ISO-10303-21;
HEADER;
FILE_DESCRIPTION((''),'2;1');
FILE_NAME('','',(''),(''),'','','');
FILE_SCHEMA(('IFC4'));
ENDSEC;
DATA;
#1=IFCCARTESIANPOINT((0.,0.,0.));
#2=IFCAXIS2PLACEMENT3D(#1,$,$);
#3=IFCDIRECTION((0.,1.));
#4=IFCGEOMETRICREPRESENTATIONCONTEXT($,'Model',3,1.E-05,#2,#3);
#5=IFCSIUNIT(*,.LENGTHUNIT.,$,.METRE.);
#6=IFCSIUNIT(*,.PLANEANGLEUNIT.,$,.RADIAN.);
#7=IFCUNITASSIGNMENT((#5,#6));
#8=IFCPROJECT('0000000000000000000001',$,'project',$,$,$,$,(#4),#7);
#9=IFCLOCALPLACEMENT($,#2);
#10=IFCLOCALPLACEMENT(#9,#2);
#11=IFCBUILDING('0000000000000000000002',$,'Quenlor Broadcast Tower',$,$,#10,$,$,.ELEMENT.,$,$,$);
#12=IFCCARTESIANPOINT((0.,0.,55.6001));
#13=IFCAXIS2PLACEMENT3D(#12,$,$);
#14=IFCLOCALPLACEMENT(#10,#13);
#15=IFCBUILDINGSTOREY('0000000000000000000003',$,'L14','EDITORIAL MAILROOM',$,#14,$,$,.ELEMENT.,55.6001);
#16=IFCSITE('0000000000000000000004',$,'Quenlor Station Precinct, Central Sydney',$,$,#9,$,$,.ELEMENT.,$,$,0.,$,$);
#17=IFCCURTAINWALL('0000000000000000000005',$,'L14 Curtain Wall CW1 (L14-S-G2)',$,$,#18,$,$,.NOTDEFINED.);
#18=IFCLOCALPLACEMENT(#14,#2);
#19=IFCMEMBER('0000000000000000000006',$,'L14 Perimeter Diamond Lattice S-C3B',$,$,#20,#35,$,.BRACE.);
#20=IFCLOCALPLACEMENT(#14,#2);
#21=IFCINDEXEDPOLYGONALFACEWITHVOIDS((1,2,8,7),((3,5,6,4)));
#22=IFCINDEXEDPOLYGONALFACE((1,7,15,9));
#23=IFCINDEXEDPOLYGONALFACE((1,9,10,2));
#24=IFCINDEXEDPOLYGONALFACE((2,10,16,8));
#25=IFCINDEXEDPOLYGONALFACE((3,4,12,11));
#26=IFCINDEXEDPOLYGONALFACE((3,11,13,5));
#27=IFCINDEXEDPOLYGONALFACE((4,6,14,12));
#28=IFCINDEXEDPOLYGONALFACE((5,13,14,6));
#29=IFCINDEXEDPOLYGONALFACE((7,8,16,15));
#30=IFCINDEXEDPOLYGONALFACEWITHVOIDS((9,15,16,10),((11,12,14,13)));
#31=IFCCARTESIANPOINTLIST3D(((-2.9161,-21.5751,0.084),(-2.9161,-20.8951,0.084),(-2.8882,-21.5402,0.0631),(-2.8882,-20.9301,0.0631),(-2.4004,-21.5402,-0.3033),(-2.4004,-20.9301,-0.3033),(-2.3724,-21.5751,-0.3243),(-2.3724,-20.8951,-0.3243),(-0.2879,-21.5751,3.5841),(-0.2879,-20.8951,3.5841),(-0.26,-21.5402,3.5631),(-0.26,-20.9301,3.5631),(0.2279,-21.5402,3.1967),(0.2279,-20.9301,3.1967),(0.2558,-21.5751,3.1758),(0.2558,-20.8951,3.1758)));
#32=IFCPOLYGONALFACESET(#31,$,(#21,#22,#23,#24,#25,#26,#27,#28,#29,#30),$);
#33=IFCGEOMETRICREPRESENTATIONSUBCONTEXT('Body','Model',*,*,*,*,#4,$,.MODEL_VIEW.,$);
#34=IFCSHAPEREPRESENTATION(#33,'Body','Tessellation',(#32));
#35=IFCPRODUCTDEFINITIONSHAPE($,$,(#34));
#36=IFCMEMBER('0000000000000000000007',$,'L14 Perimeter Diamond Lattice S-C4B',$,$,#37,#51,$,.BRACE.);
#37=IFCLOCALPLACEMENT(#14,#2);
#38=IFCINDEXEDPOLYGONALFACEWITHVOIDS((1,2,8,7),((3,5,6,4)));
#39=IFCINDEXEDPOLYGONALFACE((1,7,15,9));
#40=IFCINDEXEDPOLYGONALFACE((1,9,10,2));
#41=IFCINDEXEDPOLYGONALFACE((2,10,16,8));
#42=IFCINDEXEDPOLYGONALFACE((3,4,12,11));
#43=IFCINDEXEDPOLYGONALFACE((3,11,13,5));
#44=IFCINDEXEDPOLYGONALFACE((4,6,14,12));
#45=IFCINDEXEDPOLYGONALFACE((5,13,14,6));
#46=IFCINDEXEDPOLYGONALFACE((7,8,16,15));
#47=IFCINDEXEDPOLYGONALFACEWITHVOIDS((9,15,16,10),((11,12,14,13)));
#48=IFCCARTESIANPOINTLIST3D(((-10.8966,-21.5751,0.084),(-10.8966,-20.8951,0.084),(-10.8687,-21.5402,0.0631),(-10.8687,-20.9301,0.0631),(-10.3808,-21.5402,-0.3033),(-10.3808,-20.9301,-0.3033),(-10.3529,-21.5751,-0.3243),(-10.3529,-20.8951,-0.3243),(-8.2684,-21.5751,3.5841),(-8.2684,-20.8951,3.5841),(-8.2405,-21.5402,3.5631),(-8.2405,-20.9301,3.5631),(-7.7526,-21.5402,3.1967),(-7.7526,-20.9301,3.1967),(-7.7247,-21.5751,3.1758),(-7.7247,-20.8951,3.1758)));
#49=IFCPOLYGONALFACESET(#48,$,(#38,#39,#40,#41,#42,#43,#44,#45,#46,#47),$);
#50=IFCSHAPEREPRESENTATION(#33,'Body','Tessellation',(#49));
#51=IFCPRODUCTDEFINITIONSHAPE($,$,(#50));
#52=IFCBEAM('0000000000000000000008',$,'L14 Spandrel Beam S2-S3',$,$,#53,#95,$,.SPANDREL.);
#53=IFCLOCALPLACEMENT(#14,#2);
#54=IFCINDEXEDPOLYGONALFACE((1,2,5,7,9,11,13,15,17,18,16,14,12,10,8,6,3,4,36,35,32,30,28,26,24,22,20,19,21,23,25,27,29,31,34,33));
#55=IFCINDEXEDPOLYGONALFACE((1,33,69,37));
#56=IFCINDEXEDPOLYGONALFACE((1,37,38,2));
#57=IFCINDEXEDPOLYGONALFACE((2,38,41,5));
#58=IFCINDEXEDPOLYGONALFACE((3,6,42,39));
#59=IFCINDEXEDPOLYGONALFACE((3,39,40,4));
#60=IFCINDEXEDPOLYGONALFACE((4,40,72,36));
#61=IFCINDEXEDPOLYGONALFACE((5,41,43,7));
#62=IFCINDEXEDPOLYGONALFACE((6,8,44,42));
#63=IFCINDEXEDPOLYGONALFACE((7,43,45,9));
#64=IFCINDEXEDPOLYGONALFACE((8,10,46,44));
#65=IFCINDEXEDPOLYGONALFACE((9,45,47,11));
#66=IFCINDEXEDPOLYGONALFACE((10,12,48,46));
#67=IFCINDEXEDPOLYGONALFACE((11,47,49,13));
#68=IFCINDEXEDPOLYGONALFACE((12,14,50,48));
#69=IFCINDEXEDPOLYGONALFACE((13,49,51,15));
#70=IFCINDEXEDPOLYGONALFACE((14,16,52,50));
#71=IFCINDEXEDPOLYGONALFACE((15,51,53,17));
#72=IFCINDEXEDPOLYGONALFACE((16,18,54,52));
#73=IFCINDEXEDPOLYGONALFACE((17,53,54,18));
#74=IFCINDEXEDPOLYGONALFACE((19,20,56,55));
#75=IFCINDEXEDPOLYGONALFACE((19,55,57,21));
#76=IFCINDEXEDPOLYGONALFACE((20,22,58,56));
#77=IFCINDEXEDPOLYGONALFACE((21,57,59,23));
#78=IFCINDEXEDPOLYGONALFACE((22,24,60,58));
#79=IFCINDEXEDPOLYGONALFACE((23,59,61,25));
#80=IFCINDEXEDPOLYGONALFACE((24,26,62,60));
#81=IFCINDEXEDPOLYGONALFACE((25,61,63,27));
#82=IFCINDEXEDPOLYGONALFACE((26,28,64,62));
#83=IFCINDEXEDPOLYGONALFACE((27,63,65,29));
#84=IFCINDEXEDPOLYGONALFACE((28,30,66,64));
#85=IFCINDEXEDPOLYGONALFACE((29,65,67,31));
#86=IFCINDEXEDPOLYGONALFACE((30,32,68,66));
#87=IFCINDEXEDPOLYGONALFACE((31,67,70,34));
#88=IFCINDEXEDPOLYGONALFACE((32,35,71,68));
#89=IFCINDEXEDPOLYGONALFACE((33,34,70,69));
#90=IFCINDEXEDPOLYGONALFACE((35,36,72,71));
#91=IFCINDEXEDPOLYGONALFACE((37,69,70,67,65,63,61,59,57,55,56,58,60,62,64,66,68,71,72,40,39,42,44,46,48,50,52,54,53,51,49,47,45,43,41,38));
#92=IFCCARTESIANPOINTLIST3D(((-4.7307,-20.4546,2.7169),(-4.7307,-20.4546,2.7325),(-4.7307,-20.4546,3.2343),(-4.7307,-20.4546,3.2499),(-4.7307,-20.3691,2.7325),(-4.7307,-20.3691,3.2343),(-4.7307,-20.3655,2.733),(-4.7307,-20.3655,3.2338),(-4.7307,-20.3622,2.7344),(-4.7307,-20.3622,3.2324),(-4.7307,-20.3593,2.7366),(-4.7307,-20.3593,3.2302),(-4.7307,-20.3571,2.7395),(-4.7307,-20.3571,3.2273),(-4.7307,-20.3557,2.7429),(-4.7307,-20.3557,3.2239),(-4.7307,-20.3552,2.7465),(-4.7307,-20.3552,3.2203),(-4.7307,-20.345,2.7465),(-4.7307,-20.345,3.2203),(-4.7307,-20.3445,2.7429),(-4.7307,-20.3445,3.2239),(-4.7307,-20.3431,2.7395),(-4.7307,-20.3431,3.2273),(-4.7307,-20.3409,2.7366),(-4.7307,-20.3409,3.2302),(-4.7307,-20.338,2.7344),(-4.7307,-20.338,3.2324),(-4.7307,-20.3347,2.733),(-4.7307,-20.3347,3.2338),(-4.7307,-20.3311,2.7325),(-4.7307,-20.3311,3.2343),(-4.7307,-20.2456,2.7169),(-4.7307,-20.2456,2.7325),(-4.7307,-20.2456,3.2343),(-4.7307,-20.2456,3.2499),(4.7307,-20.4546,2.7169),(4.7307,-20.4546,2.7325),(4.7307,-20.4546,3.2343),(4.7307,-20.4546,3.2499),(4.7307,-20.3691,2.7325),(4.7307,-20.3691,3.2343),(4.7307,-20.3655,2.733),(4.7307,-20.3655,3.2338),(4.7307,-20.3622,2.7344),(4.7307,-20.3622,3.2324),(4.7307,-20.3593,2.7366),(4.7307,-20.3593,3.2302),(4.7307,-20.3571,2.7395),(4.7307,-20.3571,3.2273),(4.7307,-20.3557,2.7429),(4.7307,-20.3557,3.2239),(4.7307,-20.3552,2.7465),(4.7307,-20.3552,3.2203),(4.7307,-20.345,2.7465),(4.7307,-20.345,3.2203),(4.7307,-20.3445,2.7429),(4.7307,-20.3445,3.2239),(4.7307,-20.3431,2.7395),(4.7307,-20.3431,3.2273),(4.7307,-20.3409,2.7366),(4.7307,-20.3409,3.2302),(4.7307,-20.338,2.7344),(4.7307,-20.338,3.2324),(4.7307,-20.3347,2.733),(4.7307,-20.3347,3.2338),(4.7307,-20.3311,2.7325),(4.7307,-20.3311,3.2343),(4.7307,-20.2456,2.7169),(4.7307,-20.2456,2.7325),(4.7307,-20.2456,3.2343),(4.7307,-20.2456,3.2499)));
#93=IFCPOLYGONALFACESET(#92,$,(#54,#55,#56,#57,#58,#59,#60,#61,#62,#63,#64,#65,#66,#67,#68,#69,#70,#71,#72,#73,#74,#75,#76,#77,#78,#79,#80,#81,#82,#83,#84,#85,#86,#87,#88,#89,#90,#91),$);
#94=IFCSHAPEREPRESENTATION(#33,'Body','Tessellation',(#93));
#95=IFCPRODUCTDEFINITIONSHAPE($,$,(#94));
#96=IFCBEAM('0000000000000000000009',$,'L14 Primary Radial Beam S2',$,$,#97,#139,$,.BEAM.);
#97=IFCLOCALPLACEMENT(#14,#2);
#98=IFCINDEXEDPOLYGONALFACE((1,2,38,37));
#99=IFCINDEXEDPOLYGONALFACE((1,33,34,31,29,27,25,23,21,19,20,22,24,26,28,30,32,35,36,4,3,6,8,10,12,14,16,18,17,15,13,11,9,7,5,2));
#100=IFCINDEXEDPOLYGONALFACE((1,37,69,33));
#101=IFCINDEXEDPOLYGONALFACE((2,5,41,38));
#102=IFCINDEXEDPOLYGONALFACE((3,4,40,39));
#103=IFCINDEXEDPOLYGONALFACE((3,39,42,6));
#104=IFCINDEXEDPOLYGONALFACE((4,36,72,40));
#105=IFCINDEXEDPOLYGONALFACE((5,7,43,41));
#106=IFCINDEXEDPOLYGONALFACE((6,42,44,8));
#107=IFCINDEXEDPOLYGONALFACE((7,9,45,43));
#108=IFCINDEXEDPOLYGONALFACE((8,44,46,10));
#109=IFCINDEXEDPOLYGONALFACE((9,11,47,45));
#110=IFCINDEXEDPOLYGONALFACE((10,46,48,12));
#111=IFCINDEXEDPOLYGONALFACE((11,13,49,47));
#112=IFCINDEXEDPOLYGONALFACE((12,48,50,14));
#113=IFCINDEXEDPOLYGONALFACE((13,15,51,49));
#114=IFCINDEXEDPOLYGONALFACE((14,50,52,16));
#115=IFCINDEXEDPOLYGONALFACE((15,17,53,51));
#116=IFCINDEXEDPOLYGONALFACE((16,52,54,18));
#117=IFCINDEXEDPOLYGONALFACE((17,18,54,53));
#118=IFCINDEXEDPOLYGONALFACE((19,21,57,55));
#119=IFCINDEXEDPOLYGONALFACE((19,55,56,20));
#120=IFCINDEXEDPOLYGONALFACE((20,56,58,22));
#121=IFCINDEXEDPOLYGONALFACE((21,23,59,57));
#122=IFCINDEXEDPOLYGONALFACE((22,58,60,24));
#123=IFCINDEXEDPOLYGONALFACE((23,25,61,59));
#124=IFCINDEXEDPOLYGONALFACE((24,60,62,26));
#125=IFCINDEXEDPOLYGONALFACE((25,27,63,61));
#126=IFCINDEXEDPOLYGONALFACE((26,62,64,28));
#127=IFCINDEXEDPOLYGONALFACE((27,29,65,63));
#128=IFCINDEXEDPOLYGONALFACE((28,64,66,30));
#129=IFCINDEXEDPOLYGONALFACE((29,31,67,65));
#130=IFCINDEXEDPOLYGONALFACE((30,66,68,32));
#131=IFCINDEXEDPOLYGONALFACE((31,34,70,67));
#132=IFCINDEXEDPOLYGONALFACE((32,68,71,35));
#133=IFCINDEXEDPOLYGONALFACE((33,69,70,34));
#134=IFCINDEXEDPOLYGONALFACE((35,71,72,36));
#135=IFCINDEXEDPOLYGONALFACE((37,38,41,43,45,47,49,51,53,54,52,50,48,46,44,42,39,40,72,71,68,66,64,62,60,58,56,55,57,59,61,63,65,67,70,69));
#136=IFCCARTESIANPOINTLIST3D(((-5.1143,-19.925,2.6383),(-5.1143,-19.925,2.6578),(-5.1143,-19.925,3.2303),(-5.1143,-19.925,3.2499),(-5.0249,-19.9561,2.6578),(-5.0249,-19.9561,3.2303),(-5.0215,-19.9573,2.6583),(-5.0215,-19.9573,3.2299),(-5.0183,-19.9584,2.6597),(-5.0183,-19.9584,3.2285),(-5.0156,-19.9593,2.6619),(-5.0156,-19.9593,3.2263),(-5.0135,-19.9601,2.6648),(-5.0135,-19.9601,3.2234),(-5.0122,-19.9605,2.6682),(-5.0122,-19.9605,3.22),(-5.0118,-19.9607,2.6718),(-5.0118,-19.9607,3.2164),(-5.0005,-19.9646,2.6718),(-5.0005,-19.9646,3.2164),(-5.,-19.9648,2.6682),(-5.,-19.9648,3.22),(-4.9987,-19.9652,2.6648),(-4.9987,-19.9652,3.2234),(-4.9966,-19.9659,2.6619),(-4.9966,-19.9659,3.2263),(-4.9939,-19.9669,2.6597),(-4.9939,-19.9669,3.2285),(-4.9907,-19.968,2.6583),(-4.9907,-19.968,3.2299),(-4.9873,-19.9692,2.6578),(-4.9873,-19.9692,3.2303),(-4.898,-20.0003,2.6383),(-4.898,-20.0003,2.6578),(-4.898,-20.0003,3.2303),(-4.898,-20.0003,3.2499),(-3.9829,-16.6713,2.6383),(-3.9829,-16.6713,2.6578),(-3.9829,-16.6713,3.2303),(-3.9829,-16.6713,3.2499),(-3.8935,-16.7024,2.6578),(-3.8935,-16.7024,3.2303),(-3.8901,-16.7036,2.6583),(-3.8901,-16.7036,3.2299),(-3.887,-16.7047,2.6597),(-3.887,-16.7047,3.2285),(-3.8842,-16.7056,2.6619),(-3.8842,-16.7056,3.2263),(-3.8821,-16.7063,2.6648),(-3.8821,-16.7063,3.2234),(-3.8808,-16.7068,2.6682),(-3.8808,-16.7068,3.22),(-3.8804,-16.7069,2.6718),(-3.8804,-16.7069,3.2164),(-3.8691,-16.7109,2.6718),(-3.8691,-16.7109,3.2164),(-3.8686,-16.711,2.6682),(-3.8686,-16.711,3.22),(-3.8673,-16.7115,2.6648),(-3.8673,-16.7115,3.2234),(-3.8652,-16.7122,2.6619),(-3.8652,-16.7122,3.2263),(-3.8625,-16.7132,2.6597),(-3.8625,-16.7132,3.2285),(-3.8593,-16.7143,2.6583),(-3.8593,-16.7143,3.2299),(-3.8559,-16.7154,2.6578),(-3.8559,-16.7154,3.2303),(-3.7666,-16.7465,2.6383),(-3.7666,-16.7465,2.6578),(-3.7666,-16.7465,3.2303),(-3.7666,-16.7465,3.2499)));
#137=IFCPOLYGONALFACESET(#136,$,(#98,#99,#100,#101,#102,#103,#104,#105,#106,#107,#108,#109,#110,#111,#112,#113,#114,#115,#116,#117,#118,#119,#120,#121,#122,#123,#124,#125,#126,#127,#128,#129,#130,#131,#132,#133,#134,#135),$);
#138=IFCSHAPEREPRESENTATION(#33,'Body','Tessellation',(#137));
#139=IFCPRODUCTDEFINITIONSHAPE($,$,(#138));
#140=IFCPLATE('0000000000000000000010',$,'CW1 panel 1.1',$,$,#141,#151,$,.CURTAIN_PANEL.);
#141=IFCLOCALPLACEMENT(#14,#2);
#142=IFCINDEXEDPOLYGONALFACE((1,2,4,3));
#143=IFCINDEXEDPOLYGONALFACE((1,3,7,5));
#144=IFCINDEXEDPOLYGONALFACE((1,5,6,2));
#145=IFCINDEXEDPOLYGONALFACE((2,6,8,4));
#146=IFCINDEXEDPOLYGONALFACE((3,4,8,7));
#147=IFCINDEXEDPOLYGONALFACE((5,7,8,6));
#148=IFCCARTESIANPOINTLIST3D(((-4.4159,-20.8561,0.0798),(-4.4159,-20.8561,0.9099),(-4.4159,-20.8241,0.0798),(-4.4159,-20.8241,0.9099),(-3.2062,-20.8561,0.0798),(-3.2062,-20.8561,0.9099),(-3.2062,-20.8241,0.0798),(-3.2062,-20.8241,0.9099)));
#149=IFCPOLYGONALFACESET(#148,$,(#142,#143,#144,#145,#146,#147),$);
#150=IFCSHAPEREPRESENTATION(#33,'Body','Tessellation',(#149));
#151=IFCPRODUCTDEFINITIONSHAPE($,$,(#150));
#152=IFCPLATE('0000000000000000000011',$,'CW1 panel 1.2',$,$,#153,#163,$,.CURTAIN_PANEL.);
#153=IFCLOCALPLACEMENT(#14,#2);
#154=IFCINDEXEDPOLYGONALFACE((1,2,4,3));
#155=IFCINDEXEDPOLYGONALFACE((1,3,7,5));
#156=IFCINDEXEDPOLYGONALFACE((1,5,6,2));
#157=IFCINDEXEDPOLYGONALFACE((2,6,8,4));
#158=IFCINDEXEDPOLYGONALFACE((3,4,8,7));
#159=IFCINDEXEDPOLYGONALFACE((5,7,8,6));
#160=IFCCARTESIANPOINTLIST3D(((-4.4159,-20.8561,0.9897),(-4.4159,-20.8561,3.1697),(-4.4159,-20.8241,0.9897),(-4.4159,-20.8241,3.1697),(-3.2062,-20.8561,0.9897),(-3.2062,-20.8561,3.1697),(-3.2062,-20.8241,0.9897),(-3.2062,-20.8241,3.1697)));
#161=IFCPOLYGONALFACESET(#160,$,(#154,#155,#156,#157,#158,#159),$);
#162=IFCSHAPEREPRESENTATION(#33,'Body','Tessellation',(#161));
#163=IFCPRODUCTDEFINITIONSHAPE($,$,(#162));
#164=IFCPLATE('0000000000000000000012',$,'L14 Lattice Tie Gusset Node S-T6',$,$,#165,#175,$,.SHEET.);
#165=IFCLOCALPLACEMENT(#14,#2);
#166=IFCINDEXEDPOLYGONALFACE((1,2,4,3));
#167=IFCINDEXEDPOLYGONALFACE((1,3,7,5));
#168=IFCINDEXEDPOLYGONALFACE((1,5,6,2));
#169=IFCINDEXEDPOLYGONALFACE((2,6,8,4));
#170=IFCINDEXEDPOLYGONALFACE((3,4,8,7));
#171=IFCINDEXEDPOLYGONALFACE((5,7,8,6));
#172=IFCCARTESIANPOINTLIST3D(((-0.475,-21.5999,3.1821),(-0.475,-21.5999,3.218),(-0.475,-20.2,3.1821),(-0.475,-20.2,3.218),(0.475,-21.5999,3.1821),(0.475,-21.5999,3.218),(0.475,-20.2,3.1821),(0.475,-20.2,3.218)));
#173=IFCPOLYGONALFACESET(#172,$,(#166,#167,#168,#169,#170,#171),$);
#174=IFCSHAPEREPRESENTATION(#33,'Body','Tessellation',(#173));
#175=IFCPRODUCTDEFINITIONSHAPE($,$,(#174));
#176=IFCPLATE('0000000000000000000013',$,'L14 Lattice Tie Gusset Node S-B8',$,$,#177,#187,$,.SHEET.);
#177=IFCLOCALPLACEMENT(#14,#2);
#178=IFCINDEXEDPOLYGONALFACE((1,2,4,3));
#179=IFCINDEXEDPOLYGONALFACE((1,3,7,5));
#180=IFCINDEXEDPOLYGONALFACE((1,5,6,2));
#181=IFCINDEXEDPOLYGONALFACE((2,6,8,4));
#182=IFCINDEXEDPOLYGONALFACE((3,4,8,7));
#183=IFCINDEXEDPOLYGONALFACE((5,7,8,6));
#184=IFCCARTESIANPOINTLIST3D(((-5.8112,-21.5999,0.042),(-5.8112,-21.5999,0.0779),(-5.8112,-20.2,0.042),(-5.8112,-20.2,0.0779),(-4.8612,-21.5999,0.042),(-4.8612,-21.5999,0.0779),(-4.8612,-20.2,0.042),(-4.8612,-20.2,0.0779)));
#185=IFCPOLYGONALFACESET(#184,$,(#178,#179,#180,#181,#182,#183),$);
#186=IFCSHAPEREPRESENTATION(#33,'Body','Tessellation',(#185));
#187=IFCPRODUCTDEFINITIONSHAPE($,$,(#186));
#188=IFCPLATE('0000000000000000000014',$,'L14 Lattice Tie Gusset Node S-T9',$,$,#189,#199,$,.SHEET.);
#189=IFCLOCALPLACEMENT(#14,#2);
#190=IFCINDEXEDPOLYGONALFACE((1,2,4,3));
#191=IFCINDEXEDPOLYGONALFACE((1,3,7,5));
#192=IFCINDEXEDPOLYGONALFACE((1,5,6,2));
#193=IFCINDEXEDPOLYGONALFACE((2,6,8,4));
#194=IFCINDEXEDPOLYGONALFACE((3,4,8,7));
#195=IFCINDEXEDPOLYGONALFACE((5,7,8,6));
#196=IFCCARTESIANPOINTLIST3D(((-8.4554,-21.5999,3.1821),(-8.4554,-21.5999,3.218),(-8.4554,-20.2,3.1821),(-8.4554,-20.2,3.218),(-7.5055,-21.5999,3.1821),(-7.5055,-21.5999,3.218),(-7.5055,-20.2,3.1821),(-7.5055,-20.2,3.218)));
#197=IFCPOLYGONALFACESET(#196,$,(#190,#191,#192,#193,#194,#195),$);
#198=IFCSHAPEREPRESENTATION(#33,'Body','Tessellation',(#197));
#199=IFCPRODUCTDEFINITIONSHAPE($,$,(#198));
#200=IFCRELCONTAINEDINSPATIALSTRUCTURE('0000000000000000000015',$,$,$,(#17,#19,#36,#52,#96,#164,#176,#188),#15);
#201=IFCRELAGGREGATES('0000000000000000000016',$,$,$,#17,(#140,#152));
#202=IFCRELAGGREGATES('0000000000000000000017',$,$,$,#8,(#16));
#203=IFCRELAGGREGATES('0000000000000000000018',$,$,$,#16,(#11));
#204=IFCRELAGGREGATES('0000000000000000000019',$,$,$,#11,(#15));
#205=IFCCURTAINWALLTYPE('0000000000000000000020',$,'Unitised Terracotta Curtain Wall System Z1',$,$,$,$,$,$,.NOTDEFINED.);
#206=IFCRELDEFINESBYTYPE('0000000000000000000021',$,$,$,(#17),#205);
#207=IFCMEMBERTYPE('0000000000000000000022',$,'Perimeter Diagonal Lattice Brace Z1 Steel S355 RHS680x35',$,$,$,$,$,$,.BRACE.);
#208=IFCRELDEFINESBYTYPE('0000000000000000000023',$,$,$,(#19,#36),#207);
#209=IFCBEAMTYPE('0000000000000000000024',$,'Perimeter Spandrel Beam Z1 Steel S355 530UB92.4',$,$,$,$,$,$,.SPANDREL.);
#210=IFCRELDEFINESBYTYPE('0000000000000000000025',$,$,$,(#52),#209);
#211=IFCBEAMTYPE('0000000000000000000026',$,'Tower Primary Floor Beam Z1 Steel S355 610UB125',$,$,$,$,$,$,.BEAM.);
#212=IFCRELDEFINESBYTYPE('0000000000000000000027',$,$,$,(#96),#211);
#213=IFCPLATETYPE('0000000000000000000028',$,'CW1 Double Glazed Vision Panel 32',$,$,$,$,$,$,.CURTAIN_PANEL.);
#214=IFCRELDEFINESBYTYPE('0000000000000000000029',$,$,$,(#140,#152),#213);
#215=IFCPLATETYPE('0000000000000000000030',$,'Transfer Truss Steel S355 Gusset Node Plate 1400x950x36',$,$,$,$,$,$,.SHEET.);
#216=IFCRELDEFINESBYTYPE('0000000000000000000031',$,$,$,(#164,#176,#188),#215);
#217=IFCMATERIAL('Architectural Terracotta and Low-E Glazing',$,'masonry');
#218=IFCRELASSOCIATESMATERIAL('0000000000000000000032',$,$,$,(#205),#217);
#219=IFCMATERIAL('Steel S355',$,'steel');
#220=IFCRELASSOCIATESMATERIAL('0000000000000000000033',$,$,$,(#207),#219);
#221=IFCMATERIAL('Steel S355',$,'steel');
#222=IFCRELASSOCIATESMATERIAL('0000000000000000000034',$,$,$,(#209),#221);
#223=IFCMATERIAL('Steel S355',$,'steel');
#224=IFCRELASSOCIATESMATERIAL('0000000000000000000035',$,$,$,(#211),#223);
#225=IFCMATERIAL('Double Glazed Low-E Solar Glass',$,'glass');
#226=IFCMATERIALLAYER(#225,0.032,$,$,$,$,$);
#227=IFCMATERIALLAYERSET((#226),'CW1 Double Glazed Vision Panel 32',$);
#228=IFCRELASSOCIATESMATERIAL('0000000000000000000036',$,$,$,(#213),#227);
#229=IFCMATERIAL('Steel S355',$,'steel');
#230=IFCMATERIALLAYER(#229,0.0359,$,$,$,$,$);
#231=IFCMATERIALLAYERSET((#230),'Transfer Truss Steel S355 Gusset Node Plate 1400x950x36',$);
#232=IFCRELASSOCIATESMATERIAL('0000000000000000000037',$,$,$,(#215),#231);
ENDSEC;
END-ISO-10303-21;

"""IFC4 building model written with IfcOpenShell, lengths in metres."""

from ifc_helpers import new_model, si_unit, direction, frame, origin, origin_2d, place, context, subcontext, project, spatial, rectangle, hollow_rectangle, i_section, extrude, material, layer, layer_set, material_profile, profile_set, type_object, element, aggregate, save


model = new_model("IFC4")

# Units and contexts
model_context = context("Model", 3, precision=1e-05, world=origin(), true_north=direction((0.0, 1.0)))
body_context = subcontext(model_context, "Body", "Model", "MODEL_VIEW")
ifc_project = project(units=[si_unit("LENGTHUNIT", "METRE"), si_unit("PLANEANGLEUNIT", "RADIAN")], contexts=[model_context])

# Site, building, storey
site_placement = place(None, origin())
site = spatial("IfcSite", under=ifc_project, at=site_placement, Name="Quenlor Station Precinct, Central Sydney", CompositionType="ELEMENT", RefElevation=0.0)
building_placement = place(site_placement, origin())
building = spatial("IfcBuilding", under=site, at=building_placement, Name="Quenlor Broadcast Tower", CompositionType="ELEMENT")
storey_placement = place(building_placement, frame((0.0, 0.0, 55.6001)))
storey = spatial("IfcBuildingStorey", under=building, at=storey_placement, Name="L14", Description="EDITORIAL MAILROOM", CompositionType="ELEMENT", Elevation=55.6001)

# Shared definitions
ifc_material_1 = material(Name="Architectural Terracotta and Low-E Glazing", Category="masonry")
curtain_wall_type = type_object("IfcCurtainWallType", Name="Unitised Terracotta Curtain Wall System Z1", PredefinedType="NOTDEFINED", material=ifc_material_1)

# Curtain wall
curtain_wall_1_placement = place(storey_placement, origin())
curtain_wall_1 = element("IfcCurtainWall", 1, at=curtain_wall_1_placement, inside=storey, type_object=curtain_wall_type, Name="L14 Curtain Wall CW1 (L14-S-G2)", PredefinedType="NOTDEFINED")

# Members
ifc_material_2 = material(Name="Steel S355", Category="steel")
ifc_material_profile_1 = material_profile(ifc_material_2, hollow_rectangle(XDim=0.6799, YDim=0.6799, WallThickness=0.0349, at=origin_2d()))
ifc_profile_set_1 = profile_set([ifc_material_profile_1], Name="Steel S355 RHS680x680x35")
member_type_1 = type_object("IfcMemberType", Name="Perimeter Diagonal Lattice Brace Z1 Steel S355 RHS680x35", PredefinedType="BRACE", material=ifc_profile_set_1)
for number, where, z_axis, x_axis, name in (
    (2, (-2.6443, -21.2351, -0.1201), (0.600464, 0.0, 0.799652), (0.0, 1.0, 0.0), "L14 Perimeter Diamond Lattice S-C3B"),
    (3, (-10.6248, -21.2351, -0.1201), (0.600464, 0.0, 0.799652), (0.0, 1.0, 0.0), "L14 Perimeter Diamond Lattice S-C4B"),
):
    element("IfcMember", number, at=place(storey_placement, frame(where, z_axis=z_axis, x_axis=x_axis)), inside=storey, type_object=member_type_1, Name=name, PredefinedType="BRACE", context=body_context, shape_type="SweptSolid", body=[
        extrude(hollow_rectangle(XDim=0.6799, YDim=0.6799, WallThickness=0.0349, at=origin_2d()), origin(), (0.0, 0.0, 1.0), 4.377),
    ])

# Beams
ifc_material_3 = material(Name="Steel S355", Category="steel")
ifc_material_profile_2 = material_profile(ifc_material_3, i_section(OverallWidth=0.209, OverallDepth=0.533, WebThickness=0.0103, FlangeThickness=0.0156, FilletRadius=0.0139, at=origin_2d()))
ifc_profile_set_2 = profile_set([ifc_material_profile_2], Name="Steel S355 530UB92.4")
beam_type_1 = type_object("IfcBeamType", Name="Perimeter Spandrel Beam Z1 Steel S355 530UB92.4", PredefinedType="SPANDREL", material=ifc_profile_set_2)
beam_1_placement = place(storey_placement, frame((-4.7307, -20.3501, 2.9834), z_axis=(1.0, 0.0, 0.0), x_axis=(0.0, 1.0, 0.0)))
element("IfcBeam", 4, at=beam_1_placement, inside=storey, type_object=beam_type_1, Name="L14 Spandrel Beam S2-S3", PredefinedType="SPANDREL", context=body_context, shape_type="SweptSolid", body=[
    extrude(i_section(OverallWidth=0.209, OverallDepth=0.533, WebThickness=0.0103, FlangeThickness=0.0156, FilletRadius=0.0139, at=origin_2d()), origin(), (0.0, 0.0, 1.0), 9.4614),
])
ifc_material_4 = material(Name="Steel S355", Category="steel")
ifc_material_profile_3 = material_profile(ifc_material_4, i_section(OverallWidth=0.229, OverallDepth=0.6116, WebThickness=0.012, FlangeThickness=0.0195, FilletRadius=0.0139, at=origin_2d()))
ifc_profile_set_3 = profile_set([ifc_material_profile_3], Name="Steel S355 610UB125")
beam_type_2 = type_object("IfcBeamType", Name="Tower Primary Floor Beam Z1 Steel S355 610UB125", PredefinedType="BEAM", material=ifc_profile_set_3)
beam_2_placement = place(storey_placement, frame((-5.0061, -19.9626, 2.9441), z_axis=(0.328427, 0.944529, 0.0), x_axis=(-0.944529, 0.328427, 0.0)))
element("IfcBeam", 5, at=beam_2_placement, inside=storey, type_object=beam_type_2, Name="L14 Primary Radial Beam S2", PredefinedType="BEAM", context=body_context, shape_type="SweptSolid", body=[
    extrude(i_section(OverallWidth=0.229, OverallDepth=0.6116, WebThickness=0.012, FlangeThickness=0.0195, FilletRadius=0.0139, at=origin_2d()), origin(), (0.0, 0.0, 1.0), 3.4448),
])

# Plates
ifc_material_5 = material(Name="Double Glazed Low-E Solar Glass", Category="glass")
ifc_layer_1 = layer(ifc_material_5, 0.032)
ifc_layer_set_1 = layer_set([ifc_layer_1], Name="CW1 Double Glazed Vision Panel 32")
plate_type_1 = type_object("IfcPlateType", Name="CW1 Double Glazed Vision Panel 32", PredefinedType="CURTAIN_PANEL", material=ifc_layer_set_1)
plate_1_placement = place(storey_placement, frame((-3.811, -20.8401, 0.0798), z_axis=(0.0, 0.0, 1.0), x_axis=(-1.0, 0.0, 0.0)))
plate_1 = element("IfcPlate", 6, at=plate_1_placement, type_object=plate_type_1, Name="CW1 panel 1.1", PredefinedType="CURTAIN_PANEL", context=body_context, shape_type="SweptSolid", body=[
    extrude(rectangle(XDim=1.2097, YDim=0.032, at=origin_2d()), origin(), (0.0, 0.0, 1.0), 0.8301),
])
plate_2_placement = place(storey_placement, frame((-3.811, -20.8401, 0.9897), z_axis=(0.0, 0.0, 1.0), x_axis=(-1.0, 0.0, 0.0)))
plate_2 = element("IfcPlate", 7, at=plate_2_placement, type_object=plate_type_1, Name="CW1 panel 1.2", PredefinedType="CURTAIN_PANEL", context=body_context, shape_type="SweptSolid", body=[
    extrude(rectangle(XDim=1.2097, YDim=0.032, at=origin_2d()), origin(), (0.0, 0.0, 1.0), 2.1799),
])
aggregate(curtain_wall_1, [plate_1, plate_2])

# Plates
ifc_material_6 = material(Name="Steel S355", Category="steel")
ifc_layer_2 = layer(ifc_material_6, 0.0359)
ifc_layer_set_2 = layer_set([ifc_layer_2], Name="Transfer Truss Steel S355 Gusset Node Plate 1400x950x36")
plate_type_2 = type_object("IfcPlateType", Name="Transfer Truss Steel S355 Gusset Node Plate 1400x950x36", PredefinedType="SHEET", material=ifc_layer_set_2)
for number, where, z_axis, x_axis, name in (
    (8, (0.0, -20.8999, 3.1821), (0.0, 0.0, 1.0), (0.0, -1.0, 0.0), "L14 Lattice Tie Gusset Node S-T6"),
    (9, (-5.3362, -20.8999, 0.042), (0.0, 0.0, 1.0), (0.0, -1.0, 0.0), "L14 Lattice Tie Gusset Node S-B8"),
    (10, (-7.9805, -20.8999, 3.1821), (0.0, 0.0, 1.0), (0.0, -1.0, 0.0), "L14 Lattice Tie Gusset Node S-T9"),
):
    element("IfcPlate", number, at=place(storey_placement, frame(where, z_axis=z_axis, x_axis=x_axis)), inside=storey, type_object=plate_type_2, Name=name, PredefinedType="SHEET", context=body_context, shape_type="SweptSolid", body=[
        extrude(rectangle(XDim=1.3999, YDim=0.95, at=origin_2d()), origin(), (0.0, 0.0, 1.0), 0.0359),
    ])

save(model, "model.ifc")
